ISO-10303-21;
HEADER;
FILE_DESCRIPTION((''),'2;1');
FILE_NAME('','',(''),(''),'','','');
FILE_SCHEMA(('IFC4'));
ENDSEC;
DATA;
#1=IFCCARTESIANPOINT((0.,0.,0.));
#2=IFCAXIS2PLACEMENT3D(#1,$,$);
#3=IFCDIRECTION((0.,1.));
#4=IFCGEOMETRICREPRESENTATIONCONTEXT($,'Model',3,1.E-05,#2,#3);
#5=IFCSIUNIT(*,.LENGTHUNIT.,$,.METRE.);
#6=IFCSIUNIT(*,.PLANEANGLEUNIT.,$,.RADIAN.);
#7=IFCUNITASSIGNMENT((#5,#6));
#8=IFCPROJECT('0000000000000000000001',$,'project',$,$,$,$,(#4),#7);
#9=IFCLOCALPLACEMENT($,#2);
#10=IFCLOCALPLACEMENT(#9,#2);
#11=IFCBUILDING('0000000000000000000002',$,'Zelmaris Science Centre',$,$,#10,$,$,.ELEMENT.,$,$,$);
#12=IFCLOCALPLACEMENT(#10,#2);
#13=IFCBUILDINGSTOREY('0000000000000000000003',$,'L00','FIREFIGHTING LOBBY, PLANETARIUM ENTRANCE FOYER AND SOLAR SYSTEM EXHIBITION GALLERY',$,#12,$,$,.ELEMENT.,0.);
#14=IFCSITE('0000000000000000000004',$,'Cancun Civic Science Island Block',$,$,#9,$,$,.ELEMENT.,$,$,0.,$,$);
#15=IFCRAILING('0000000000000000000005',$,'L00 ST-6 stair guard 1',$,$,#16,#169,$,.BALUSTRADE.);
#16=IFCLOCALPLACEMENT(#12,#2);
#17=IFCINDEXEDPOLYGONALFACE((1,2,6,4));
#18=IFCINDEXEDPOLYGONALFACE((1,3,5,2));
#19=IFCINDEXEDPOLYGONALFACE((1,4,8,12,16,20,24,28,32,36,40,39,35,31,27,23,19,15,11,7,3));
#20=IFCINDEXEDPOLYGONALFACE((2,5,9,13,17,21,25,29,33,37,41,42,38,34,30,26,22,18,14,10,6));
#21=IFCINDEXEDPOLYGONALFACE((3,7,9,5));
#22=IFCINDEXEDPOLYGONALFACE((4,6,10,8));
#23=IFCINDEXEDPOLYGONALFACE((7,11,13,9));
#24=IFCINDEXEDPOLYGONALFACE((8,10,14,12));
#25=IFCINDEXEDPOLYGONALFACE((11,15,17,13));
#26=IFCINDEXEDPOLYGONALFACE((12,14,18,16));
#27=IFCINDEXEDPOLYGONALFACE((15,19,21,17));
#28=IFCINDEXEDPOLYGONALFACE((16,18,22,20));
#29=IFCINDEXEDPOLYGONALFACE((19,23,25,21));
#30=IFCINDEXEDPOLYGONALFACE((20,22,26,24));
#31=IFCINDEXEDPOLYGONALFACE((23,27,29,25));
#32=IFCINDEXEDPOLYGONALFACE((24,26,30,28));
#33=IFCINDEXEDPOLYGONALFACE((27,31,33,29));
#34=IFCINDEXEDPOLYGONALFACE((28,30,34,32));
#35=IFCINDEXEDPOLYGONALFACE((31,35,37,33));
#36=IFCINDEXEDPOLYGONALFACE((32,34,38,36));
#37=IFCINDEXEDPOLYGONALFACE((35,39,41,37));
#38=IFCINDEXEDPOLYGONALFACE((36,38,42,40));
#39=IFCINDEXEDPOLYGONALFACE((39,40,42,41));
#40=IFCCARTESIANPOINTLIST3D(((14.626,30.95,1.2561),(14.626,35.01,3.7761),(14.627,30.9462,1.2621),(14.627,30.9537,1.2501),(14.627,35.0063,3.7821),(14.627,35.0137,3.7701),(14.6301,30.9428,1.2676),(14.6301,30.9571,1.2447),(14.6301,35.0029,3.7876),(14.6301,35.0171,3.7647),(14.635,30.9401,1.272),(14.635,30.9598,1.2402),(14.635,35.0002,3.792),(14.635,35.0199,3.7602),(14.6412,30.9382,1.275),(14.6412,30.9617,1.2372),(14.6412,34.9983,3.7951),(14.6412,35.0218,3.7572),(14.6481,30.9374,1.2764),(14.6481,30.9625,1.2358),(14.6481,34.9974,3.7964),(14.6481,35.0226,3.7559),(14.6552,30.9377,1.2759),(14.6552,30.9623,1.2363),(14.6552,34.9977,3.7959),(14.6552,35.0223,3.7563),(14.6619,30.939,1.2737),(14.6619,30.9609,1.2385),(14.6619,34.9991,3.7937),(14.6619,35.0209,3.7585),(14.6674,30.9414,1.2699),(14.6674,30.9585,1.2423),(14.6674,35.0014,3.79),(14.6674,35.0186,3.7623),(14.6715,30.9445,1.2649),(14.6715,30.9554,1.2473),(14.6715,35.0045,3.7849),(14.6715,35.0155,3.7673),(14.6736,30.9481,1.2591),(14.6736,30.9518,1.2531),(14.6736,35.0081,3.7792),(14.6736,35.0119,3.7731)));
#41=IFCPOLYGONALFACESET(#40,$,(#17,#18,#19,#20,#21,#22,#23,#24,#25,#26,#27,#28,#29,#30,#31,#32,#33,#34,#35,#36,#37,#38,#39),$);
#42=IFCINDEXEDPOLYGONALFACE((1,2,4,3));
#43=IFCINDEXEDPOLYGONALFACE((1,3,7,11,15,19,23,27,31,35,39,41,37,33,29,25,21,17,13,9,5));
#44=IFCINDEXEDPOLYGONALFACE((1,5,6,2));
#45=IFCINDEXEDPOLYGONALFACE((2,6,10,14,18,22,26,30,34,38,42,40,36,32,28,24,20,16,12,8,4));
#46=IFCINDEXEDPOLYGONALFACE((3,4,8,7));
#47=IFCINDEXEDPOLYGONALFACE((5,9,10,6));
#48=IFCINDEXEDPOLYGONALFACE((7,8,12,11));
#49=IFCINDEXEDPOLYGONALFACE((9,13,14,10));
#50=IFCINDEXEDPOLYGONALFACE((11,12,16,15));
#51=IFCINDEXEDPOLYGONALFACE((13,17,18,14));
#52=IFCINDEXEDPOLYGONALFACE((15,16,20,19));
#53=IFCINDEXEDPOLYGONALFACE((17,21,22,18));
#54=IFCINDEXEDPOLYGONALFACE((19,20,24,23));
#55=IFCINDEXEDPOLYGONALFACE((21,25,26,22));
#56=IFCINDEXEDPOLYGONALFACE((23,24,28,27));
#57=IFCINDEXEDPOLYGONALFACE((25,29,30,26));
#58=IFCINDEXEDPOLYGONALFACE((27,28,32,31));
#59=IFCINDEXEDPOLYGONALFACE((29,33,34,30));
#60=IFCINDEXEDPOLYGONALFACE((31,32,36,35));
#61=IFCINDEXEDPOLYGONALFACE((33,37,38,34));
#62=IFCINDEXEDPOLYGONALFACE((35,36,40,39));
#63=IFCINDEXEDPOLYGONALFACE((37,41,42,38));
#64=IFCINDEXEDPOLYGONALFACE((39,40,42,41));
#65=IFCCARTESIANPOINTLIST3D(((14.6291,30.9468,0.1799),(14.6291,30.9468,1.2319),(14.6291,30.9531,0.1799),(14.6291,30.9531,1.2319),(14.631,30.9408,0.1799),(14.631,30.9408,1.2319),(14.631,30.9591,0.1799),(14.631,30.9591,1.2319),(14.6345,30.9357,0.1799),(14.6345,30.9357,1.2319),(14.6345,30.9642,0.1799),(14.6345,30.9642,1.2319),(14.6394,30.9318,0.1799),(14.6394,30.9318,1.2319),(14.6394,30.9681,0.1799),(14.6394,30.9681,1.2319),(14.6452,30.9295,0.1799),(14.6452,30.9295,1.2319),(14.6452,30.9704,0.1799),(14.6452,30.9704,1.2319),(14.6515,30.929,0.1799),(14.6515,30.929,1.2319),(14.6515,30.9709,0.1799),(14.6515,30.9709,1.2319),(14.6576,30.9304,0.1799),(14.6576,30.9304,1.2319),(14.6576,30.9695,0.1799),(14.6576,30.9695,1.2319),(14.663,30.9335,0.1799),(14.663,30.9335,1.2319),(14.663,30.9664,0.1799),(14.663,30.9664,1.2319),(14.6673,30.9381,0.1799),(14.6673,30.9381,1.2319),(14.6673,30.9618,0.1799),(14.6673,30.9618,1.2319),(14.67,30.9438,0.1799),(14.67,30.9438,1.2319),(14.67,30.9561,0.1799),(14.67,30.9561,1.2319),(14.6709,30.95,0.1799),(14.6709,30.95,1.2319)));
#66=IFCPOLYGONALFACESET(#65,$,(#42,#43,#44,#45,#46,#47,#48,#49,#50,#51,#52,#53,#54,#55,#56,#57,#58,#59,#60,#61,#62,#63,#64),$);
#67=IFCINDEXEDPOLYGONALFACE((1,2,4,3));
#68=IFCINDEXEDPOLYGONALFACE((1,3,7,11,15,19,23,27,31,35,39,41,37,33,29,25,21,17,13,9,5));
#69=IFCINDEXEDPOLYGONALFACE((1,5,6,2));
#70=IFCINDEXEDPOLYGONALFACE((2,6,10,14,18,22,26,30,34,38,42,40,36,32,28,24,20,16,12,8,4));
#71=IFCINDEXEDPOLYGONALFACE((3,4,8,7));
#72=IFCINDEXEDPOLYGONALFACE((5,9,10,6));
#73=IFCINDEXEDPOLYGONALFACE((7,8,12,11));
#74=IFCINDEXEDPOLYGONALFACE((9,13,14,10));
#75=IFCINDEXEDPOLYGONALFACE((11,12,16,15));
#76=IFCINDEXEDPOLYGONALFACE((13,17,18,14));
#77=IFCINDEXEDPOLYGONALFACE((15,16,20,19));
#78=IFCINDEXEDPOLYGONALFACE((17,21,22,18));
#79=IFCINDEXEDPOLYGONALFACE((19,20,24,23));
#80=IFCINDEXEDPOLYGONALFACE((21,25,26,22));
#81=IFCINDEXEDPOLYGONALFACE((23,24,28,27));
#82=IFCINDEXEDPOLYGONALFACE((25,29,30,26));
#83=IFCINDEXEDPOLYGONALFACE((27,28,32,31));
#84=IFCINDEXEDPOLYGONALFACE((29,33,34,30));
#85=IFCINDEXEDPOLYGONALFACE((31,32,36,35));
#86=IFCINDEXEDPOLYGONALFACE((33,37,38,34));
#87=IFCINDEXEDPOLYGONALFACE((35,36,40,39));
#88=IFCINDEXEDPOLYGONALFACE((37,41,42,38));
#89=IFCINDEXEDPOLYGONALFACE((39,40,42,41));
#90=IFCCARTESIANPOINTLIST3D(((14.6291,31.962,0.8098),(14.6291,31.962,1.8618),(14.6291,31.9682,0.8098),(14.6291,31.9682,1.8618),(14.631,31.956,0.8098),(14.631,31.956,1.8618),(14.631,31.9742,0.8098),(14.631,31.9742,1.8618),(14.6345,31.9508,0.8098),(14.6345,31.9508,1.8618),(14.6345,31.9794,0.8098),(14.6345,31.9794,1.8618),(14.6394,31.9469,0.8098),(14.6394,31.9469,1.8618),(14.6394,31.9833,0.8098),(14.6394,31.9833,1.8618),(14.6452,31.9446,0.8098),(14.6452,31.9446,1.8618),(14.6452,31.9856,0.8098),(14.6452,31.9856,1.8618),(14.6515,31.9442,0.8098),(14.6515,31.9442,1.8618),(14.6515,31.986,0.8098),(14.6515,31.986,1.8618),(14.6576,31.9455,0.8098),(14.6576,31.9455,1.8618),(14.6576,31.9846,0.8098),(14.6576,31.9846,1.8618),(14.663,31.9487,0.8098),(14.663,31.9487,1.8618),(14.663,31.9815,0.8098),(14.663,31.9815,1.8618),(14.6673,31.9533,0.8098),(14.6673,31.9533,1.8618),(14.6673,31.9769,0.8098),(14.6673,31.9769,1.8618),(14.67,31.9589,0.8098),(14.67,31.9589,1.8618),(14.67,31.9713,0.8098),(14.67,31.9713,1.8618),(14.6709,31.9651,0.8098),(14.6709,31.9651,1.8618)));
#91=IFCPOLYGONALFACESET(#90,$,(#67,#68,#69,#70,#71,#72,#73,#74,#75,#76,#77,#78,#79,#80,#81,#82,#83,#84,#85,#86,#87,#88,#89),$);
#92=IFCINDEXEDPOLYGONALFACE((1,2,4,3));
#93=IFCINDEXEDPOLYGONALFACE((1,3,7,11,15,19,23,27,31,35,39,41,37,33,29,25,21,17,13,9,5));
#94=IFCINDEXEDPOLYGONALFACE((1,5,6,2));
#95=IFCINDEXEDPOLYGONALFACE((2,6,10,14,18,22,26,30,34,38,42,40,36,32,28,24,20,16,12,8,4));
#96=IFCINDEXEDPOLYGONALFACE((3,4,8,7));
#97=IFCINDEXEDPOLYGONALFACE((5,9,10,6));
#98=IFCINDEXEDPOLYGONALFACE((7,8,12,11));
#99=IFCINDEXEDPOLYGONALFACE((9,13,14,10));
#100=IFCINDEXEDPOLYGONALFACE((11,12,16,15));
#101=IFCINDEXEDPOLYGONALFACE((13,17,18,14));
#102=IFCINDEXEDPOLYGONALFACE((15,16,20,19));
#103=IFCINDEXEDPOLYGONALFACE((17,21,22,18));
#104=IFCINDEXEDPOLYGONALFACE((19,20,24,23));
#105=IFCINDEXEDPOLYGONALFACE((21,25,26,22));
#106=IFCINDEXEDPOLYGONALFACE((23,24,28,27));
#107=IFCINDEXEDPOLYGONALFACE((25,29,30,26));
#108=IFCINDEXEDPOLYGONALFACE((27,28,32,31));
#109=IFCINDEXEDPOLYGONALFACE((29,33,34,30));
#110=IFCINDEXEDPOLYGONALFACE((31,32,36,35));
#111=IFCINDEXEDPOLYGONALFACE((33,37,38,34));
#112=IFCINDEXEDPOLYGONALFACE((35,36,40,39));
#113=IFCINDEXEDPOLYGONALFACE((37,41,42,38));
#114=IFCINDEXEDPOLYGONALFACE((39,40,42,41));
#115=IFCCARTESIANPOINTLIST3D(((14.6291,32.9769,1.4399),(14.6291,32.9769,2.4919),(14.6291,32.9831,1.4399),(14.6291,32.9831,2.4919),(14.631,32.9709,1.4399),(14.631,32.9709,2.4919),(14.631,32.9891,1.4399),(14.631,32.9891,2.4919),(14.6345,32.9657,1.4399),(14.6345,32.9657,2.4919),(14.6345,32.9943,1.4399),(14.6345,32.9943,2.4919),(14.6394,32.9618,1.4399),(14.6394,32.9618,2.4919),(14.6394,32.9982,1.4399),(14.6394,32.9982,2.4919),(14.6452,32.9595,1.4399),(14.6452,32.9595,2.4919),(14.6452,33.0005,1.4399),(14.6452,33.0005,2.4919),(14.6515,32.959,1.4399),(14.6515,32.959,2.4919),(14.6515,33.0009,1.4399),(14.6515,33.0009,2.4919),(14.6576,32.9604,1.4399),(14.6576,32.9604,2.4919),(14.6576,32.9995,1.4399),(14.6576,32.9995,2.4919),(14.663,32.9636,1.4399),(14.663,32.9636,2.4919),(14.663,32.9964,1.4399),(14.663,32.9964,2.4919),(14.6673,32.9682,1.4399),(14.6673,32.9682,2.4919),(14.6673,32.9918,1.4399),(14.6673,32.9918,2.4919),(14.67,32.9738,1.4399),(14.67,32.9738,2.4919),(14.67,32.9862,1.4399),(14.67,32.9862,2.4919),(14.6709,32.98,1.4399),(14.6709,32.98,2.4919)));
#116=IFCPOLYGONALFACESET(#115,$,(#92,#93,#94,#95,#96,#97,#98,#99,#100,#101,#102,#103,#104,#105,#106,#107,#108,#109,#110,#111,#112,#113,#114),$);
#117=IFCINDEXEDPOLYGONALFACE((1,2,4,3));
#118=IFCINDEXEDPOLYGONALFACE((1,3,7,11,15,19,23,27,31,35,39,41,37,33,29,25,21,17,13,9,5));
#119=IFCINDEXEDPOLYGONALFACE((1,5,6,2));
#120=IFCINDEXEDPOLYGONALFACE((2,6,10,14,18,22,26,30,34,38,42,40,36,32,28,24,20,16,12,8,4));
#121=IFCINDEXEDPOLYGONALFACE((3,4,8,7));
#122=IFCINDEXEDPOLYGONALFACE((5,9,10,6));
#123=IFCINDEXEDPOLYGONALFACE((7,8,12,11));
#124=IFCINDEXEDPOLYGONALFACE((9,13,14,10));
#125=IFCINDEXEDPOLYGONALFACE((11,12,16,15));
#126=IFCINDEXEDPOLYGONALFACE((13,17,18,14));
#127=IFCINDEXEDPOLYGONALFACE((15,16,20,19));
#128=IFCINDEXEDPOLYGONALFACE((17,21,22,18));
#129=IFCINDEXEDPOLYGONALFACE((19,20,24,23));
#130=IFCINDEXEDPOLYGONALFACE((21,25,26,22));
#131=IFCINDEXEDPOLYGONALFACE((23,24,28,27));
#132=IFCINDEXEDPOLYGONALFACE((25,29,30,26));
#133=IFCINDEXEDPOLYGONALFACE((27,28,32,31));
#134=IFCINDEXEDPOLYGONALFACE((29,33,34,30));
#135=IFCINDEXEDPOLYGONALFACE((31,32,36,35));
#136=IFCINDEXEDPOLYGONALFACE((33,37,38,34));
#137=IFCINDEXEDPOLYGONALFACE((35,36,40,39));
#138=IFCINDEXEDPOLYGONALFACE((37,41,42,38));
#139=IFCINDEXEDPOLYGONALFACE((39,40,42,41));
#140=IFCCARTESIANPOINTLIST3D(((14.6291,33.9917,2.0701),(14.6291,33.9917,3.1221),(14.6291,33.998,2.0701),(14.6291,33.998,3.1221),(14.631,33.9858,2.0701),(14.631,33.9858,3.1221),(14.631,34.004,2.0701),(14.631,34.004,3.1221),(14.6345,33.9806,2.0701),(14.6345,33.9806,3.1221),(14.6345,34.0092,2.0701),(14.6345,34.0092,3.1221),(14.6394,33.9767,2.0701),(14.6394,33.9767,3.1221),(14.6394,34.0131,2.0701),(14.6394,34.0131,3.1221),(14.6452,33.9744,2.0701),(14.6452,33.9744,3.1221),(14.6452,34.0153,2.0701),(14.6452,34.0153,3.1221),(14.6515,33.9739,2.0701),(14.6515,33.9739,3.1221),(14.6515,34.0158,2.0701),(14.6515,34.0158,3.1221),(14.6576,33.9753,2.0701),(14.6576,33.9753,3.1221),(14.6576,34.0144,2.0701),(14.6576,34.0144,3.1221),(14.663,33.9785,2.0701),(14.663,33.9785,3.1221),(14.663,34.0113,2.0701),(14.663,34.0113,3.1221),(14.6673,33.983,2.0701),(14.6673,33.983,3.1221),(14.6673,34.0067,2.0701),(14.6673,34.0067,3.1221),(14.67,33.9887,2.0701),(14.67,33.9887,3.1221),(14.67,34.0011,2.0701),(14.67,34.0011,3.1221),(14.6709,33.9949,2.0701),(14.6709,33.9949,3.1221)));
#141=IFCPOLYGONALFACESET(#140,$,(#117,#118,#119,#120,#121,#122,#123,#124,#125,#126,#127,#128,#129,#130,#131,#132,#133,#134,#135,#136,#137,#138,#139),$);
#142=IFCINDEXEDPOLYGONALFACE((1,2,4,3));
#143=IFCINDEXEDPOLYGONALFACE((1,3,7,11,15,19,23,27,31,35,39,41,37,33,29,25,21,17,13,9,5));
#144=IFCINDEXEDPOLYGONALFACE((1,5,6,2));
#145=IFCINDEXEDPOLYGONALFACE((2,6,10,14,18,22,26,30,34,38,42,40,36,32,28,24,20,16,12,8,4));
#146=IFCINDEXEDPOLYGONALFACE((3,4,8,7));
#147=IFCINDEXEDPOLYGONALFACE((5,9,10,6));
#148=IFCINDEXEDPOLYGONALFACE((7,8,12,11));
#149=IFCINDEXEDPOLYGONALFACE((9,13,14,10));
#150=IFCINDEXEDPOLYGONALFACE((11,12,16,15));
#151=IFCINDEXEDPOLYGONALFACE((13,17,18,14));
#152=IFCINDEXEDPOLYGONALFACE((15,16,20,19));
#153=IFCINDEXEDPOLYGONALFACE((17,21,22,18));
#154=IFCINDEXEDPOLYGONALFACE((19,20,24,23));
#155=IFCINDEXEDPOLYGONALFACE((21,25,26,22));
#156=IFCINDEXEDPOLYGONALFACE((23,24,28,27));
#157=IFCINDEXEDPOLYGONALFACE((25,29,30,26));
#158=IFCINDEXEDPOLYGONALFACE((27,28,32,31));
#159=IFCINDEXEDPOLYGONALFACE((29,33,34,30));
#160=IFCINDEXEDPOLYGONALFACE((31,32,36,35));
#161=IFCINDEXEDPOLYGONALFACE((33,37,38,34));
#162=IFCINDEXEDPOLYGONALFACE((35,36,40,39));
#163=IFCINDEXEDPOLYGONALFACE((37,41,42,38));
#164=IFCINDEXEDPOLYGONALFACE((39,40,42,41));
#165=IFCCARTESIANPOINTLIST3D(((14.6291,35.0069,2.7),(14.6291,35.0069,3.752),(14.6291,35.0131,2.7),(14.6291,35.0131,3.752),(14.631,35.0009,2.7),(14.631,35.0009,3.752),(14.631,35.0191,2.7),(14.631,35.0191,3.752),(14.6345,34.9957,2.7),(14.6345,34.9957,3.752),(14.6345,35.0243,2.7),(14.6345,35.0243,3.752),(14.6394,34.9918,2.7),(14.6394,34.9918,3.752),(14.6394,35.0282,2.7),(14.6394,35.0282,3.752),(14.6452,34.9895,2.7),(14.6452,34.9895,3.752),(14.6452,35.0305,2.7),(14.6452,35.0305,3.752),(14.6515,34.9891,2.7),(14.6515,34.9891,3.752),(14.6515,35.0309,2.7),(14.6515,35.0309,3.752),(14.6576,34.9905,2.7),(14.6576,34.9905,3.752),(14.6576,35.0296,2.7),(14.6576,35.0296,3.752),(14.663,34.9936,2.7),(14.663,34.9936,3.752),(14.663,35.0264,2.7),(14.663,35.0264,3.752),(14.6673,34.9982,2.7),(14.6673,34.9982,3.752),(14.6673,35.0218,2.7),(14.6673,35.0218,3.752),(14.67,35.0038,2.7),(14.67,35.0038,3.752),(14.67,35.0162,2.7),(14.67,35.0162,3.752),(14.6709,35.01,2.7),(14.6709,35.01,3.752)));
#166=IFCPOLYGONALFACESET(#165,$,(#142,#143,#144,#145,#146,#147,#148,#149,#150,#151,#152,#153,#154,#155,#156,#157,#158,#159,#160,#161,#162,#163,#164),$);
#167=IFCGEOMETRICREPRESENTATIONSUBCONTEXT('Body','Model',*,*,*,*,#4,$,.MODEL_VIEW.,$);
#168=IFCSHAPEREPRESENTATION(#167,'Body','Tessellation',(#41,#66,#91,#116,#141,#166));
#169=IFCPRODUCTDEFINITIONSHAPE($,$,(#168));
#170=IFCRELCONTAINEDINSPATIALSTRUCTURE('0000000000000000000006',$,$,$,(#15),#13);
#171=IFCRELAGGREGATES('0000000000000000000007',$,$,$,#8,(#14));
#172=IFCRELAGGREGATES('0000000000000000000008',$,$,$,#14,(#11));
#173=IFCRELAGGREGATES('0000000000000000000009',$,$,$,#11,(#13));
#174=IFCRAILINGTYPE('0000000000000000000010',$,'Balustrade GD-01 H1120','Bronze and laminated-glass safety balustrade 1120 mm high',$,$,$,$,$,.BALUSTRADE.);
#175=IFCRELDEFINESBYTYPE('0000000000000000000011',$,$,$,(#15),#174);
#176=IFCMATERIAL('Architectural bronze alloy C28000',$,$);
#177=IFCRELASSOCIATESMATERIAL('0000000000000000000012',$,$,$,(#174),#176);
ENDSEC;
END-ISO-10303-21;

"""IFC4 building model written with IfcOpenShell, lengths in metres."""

from ifc_helpers import new_model, si_unit, direction, frame, origin, origin_2d, place, context, subcontext, project, spatial, circle, extrude, material, type_object, element, save


model = new_model("IFC4")

# Units and contexts
model_context = context("Model", 3, precision=1e-05, world=origin(), true_north=direction((0.0, 1.0)))
body_context = subcontext(model_context, "Body", "Model", "MODEL_VIEW")
ifc_project = project(units=[si_unit("LENGTHUNIT", "METRE"), si_unit("PLANEANGLEUNIT", "RADIAN")], contexts=[model_context])

# Site, building, storey
site_placement = place(None, origin())
site = spatial("IfcSite", under=ifc_project, at=site_placement, Name="Cancun Civic Science Island Block", CompositionType="ELEMENT", RefElevation=0.0)
building_placement = place(site_placement, origin())
building = spatial("IfcBuilding", under=site, at=building_placement, Name="Zelmaris Science Centre", CompositionType="ELEMENT")
storey_placement = place(building_placement, origin())
storey = spatial("IfcBuildingStorey", under=building, at=storey_placement, Name="L00", Description="FIREFIGHTING LOBBY, PLANETARIUM ENTRANCE FOYER AND SOLAR SYSTEM EXHIBITION GALLERY", CompositionType="ELEMENT", Elevation=0.0)

# Railing
ifc_material_1 = material(Name="Architectural bronze alloy C28000")
railing_type_1 = type_object("IfcRailingType", Name="Balustrade GD-01 H1120", Description="Bronze and laminated-glass safety balustrade 1120 mm high", PredefinedType="BALUSTRADE", material=ifc_material_1)
railing_1_placement = place(storey_placement, frame((14.6499, 30.95, 0.1799)))
element("IfcRailing", 1, at=railing_1_placement, inside=storey, type_object=railing_type_1, Name="L00 ST-6 stair guard 1", PredefinedType="BALUSTRADE", context=body_context, shape_type="SweptSolid", body=[
    extrude(circle(Radius=0.0239, at=origin_2d()), frame((0.0, 0.0, 1.0762), z_axis=(0.0, 0.849642, 0.52736), x_axis=(-1.0, 0.0, 0.0)), (0.0, 0.0, 1.0), 4.7786),
    extrude(circle(Radius=0.021, at=origin_2d()), origin(), (0.0, 0.0, 1.0), 1.052),
    extrude(circle(Radius=0.021, at=origin_2d()), frame((0.0, 1.0151, 0.6299)), (0.0, 0.0, 1.0), 1.052),
    extrude(circle(Radius=0.021, at=origin_2d()), frame((0.0, 2.03, 1.26)), (0.0, 0.0, 1.0), 1.052),
    extrude(circle(Radius=0.021, at=origin_2d()), frame((0.0, 3.0449, 1.8901)), (0.0, 0.0, 1.0), 1.052),
    extrude(circle(Radius=0.021, at=origin_2d()), frame((0.0, 4.0601, 2.52)), (0.0, 0.0, 1.0), 1.052),
])

save(model, "model.ifc")
